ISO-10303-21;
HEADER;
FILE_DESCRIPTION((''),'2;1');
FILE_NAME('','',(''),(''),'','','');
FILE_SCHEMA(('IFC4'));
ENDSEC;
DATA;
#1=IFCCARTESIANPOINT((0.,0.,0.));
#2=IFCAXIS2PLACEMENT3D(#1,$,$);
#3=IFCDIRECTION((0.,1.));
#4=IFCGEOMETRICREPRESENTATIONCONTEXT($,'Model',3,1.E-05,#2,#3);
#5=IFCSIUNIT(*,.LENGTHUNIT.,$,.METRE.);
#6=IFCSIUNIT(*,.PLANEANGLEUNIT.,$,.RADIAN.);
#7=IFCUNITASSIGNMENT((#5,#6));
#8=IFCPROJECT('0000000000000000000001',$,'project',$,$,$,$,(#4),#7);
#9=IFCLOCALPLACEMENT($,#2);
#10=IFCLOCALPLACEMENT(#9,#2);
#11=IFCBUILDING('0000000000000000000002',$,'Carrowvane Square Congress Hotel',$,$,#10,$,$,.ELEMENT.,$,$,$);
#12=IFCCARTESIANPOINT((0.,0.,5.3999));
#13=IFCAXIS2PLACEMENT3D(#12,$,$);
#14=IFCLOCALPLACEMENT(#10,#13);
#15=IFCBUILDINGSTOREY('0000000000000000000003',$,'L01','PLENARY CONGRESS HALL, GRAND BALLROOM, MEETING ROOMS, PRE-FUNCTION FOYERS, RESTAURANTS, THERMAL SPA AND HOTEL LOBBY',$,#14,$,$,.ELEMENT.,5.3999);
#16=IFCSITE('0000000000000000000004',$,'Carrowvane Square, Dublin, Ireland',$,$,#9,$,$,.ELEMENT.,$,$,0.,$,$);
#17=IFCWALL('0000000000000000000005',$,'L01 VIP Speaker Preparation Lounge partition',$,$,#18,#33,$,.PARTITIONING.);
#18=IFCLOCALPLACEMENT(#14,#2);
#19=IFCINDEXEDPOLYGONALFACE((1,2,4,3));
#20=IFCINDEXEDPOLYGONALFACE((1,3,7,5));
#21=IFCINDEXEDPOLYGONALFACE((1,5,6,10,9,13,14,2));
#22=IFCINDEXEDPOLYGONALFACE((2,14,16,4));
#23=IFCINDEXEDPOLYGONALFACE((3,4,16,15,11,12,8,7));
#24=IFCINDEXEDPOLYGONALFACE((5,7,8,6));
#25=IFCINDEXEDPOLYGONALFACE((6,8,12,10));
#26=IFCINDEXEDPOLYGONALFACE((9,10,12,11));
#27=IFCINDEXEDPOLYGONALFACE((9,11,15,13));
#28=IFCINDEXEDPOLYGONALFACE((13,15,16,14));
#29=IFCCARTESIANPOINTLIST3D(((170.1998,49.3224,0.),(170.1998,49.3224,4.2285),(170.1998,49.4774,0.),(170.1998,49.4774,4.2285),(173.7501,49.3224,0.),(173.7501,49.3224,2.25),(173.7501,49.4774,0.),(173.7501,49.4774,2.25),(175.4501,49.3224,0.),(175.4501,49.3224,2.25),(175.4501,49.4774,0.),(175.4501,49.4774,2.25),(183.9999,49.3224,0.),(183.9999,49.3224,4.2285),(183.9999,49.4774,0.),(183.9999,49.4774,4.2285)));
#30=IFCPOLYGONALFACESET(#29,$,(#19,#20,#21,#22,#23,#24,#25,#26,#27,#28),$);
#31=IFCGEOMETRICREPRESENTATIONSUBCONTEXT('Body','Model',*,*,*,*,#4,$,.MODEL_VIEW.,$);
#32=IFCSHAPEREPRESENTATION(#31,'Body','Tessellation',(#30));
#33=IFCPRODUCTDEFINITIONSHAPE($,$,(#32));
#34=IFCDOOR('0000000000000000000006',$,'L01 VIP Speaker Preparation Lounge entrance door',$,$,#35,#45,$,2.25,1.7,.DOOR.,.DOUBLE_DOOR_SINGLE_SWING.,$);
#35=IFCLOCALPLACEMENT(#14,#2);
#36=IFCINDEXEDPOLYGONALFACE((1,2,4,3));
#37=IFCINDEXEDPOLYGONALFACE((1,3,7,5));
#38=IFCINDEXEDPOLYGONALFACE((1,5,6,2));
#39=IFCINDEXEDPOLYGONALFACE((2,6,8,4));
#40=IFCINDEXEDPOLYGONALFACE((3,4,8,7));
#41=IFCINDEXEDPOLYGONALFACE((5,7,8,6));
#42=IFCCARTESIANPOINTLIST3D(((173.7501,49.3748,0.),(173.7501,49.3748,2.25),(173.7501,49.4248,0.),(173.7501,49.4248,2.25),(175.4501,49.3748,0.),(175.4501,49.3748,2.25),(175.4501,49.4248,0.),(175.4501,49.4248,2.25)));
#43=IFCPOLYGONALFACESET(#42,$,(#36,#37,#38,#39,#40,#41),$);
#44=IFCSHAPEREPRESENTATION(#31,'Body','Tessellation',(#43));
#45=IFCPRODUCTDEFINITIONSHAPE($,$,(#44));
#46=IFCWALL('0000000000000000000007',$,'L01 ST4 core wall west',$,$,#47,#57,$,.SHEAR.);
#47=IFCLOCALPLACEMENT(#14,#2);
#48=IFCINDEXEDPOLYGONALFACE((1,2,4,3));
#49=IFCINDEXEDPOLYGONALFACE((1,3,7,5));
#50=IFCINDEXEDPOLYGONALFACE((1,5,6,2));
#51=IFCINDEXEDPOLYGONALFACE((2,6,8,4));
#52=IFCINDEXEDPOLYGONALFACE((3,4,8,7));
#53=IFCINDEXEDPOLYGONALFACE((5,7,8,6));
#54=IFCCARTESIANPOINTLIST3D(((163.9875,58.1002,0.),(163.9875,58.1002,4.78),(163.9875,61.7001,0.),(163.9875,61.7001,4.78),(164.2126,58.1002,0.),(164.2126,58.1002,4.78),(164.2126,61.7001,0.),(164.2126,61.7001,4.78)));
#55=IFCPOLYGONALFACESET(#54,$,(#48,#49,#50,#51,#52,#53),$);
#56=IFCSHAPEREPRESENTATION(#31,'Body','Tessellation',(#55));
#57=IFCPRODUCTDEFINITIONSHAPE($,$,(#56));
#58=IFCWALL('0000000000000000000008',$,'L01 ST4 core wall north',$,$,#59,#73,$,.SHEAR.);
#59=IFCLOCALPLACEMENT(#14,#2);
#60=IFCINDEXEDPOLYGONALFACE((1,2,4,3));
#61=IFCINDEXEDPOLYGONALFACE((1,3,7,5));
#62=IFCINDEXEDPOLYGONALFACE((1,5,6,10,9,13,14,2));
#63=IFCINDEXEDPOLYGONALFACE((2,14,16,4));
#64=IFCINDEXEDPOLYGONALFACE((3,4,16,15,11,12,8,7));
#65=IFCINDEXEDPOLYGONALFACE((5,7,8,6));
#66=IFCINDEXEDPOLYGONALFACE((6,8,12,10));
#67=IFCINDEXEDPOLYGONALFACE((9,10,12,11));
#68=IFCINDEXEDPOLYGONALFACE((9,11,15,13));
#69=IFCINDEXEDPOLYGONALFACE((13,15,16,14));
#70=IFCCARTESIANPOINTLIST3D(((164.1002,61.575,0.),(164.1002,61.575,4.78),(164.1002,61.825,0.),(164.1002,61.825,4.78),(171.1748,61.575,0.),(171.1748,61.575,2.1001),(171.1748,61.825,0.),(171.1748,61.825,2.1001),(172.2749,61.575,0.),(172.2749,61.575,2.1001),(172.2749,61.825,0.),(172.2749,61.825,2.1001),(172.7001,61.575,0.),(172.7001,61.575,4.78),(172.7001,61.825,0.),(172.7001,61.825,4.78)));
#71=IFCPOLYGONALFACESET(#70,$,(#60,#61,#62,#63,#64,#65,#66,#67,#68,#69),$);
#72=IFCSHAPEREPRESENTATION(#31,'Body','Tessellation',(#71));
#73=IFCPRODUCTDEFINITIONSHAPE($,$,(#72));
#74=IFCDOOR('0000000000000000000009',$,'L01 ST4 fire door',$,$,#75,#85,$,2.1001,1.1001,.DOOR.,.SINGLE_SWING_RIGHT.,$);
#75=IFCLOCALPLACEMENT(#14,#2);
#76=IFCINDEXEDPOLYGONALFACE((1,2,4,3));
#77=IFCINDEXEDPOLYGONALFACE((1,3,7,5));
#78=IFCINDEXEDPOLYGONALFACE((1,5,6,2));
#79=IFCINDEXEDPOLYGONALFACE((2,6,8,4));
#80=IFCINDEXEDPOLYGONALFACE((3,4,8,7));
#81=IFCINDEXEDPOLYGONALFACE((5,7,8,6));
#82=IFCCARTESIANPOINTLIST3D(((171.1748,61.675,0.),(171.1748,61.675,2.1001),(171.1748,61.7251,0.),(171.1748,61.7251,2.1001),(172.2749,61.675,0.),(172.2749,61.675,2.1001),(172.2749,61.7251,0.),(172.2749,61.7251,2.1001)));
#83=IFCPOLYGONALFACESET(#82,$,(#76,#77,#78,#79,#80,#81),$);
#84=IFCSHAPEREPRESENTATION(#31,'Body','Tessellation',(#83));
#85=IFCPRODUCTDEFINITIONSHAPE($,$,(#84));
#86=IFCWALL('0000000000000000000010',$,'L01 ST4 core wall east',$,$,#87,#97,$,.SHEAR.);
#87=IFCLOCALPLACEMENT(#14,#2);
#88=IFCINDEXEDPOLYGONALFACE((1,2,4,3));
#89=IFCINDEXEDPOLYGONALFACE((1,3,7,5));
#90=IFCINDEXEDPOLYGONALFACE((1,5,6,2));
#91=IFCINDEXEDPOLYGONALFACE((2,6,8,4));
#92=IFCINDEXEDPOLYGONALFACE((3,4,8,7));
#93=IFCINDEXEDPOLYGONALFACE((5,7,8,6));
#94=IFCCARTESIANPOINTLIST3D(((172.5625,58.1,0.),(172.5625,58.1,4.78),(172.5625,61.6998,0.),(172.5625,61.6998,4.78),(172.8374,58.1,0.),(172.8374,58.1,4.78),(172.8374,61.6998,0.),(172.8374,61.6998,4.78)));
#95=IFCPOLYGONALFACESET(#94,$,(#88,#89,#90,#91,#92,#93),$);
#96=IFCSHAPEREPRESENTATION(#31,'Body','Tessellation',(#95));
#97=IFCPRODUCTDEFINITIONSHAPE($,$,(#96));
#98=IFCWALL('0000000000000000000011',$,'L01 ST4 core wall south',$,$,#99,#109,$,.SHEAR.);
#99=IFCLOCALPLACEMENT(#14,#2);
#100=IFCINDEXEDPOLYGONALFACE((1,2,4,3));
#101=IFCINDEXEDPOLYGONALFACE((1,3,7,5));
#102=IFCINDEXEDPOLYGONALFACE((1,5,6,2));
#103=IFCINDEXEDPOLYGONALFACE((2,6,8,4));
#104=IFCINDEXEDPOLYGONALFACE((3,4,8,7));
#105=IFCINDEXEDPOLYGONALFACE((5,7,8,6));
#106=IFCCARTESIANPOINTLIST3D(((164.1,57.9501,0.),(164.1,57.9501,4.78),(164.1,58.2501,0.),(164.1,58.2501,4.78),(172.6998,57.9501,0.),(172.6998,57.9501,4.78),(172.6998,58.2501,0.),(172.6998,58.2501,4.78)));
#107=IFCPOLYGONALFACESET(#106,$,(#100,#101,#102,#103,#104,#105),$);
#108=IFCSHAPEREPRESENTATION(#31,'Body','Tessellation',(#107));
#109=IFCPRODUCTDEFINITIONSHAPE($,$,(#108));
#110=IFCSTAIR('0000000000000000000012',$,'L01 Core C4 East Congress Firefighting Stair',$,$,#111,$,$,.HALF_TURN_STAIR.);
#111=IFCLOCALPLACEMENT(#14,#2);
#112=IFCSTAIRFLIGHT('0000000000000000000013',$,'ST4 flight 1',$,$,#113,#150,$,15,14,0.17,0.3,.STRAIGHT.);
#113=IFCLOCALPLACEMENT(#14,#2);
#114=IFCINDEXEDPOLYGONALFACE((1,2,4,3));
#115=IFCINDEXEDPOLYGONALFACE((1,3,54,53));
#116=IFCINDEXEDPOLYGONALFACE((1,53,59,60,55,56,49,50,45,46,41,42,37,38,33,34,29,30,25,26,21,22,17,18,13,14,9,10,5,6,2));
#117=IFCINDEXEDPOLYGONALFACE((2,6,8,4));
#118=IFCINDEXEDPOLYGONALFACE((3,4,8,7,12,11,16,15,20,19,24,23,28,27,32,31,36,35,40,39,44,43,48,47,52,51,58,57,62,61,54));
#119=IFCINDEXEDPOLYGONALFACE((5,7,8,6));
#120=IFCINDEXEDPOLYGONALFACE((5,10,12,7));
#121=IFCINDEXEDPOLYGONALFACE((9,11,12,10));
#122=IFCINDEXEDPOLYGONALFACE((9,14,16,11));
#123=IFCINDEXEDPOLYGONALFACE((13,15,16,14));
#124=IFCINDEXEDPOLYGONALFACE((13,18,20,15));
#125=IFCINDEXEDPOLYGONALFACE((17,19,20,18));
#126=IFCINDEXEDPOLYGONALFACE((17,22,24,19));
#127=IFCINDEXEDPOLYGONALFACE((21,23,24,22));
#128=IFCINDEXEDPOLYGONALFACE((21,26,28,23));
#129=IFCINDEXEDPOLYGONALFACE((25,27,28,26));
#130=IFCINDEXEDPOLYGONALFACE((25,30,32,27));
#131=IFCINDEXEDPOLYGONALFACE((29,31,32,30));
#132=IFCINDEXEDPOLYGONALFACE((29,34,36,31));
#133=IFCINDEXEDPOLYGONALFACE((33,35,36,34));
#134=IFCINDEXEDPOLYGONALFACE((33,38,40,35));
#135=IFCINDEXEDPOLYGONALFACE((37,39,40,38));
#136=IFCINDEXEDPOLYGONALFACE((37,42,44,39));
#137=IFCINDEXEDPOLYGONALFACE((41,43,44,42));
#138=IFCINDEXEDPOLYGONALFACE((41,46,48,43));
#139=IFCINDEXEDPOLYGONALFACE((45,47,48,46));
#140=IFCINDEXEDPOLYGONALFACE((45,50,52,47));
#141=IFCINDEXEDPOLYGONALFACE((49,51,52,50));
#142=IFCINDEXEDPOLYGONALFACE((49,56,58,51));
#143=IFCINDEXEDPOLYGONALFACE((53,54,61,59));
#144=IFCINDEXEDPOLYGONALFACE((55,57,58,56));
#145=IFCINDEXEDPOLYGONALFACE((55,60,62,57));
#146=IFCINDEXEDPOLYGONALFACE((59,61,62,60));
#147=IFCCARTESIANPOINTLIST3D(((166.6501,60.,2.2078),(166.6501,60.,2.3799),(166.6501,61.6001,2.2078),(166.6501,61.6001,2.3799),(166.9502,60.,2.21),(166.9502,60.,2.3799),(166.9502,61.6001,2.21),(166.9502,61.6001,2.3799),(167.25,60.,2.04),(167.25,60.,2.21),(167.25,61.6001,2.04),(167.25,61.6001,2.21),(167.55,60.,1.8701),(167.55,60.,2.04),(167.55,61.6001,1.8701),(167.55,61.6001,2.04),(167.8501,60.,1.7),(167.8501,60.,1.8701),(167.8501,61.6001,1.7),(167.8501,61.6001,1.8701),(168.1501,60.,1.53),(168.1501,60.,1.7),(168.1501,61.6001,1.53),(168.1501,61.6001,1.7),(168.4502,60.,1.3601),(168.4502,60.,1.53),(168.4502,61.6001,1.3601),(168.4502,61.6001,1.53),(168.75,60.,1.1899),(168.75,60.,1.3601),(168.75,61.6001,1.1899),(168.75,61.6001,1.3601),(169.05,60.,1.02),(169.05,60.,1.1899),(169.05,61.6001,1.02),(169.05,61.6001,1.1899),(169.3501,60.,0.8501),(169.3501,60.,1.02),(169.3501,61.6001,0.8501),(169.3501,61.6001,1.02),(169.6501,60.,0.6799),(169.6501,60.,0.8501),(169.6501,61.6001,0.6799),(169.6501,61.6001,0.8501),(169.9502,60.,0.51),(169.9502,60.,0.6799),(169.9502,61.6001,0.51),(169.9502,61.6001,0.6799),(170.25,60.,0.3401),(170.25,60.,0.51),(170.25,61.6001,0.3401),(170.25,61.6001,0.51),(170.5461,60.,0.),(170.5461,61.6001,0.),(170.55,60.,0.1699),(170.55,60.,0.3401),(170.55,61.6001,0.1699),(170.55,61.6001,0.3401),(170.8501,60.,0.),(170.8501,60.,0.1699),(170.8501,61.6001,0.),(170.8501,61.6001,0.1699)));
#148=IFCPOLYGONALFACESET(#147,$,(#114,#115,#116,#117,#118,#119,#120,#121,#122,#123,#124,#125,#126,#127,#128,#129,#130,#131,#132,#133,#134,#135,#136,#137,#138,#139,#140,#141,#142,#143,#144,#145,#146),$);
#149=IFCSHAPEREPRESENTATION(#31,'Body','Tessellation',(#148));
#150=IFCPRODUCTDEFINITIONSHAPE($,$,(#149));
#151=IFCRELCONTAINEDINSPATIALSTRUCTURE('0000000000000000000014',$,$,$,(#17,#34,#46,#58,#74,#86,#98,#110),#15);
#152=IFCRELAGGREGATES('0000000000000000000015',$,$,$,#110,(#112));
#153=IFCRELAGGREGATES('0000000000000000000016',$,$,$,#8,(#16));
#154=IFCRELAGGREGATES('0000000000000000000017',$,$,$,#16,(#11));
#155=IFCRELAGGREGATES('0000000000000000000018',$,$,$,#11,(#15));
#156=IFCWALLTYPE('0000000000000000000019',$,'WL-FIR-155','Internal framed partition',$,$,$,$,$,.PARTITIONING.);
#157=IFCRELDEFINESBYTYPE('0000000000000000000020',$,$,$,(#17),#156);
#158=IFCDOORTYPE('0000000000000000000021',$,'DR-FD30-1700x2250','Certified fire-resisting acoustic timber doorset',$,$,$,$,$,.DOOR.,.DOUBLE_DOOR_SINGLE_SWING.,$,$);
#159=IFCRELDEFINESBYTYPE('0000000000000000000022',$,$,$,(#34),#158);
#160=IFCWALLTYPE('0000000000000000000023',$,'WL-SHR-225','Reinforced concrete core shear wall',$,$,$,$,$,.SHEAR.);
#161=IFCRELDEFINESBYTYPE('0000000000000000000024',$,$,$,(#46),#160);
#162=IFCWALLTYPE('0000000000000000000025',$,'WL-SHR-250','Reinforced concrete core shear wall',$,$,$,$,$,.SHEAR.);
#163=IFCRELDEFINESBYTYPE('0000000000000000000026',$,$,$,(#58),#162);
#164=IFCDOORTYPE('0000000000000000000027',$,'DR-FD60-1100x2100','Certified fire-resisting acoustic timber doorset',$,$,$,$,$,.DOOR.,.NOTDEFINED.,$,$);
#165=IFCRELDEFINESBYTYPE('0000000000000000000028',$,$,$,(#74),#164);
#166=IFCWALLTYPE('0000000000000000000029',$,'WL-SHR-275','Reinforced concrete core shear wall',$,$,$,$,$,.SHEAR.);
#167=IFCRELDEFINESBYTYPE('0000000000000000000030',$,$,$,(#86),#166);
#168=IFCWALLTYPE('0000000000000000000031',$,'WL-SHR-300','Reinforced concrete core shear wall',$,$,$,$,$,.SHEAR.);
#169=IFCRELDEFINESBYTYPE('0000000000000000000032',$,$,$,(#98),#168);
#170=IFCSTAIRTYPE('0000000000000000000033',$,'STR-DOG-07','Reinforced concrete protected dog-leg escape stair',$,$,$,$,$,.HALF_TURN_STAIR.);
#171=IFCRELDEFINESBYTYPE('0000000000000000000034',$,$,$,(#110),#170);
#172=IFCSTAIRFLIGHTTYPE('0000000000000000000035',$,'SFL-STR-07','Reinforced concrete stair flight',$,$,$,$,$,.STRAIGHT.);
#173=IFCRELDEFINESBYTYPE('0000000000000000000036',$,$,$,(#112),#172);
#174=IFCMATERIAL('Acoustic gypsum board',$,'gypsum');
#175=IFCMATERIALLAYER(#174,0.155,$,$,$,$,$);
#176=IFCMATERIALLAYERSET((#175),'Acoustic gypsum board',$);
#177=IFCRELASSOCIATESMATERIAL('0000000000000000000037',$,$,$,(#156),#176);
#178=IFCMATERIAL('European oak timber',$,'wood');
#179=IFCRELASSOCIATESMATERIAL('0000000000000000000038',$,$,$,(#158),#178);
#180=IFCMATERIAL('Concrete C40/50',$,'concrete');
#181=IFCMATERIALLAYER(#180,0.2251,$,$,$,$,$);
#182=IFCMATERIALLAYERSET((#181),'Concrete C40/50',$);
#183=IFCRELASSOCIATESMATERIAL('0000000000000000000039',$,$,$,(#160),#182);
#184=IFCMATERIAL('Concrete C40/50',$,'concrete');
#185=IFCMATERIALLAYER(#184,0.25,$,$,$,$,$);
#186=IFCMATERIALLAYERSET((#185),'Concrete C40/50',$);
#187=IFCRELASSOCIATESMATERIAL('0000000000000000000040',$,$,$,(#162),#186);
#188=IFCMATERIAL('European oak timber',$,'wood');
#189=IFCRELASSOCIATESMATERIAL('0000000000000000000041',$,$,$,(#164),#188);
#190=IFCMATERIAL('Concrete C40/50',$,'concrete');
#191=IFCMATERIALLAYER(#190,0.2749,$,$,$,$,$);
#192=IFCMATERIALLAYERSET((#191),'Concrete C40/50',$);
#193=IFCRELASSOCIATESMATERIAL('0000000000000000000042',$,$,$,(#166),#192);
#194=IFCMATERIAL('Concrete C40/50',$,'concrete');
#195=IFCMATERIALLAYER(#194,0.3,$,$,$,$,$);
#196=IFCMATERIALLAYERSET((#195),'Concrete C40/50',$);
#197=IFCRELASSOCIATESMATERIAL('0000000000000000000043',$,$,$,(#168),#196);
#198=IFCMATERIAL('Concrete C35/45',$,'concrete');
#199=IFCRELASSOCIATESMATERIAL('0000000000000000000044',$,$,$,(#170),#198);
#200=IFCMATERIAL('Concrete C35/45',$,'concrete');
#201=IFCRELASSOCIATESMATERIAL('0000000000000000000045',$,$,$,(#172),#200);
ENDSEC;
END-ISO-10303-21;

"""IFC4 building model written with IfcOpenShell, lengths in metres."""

from ifc_helpers import new_model, si_unit, direction, frame, frame_2d, origin, place, context, subcontext, project, spatial, polyline, rectangle, outline, extrude, material, layer, layer_set, type_object, element, fill, aggregate, save


model = new_model("IFC4")

# Units and contexts
model_context = context("Model", 3, precision=1e-05, world=origin(), true_north=direction((0.0, 1.0)))
body_context = subcontext(model_context, "Body", "Model", "MODEL_VIEW")
ifc_project = project(units=[si_unit("LENGTHUNIT", "METRE"), si_unit("PLANEANGLEUNIT", "RADIAN")], contexts=[model_context])

# Site, building, storey
site_placement = place(None, origin())
site = spatial("IfcSite", under=ifc_project, at=site_placement, Name="Carrowvane Square, Dublin, Ireland", CompositionType="ELEMENT", RefElevation=0.0)
building_placement = place(site_placement, origin())
building = spatial("IfcBuilding", under=site, at=building_placement, Name="Carrowvane Square Congress Hotel", CompositionType="ELEMENT")
storey_placement = place(building_placement, frame((0.0, 0.0, 5.3999)))
storey = spatial("IfcBuildingStorey", under=building, at=storey_placement, Name="L01", Description="PLENARY CONGRESS HALL, GRAND BALLROOM, MEETING ROOMS, PRE-FUNCTION FOYERS, RESTAURANTS, THERMAL SPA AND HOTEL LOBBY", CompositionType="ELEMENT", Elevation=5.3999)

# Wall, opening, door
ifc_material_1 = material(Name="Acoustic gypsum board", Category="gypsum")
ifc_layer_1 = layer(ifc_material_1, 0.155)
ifc_layer_set_1 = layer_set([ifc_layer_1], Name="Acoustic gypsum board")
wall_type_1 = type_object("IfcWallType", Name="WL-FIR-155", Description="Internal framed partition", PredefinedType="PARTITIONING", material=ifc_layer_set_1)
wall_1_placement = place(storey_placement, frame((170.2, 49.3999, 0.0), z_axis=(0.0, 0.0, 1.0), x_axis=(1.0, 0.0, 0.0)))
wall_1 = element("IfcWall", 1, at=wall_1_placement, inside=storey, type_object=wall_type_1, Name="L01 VIP Speaker Preparation Lounge partition", PredefinedType="PARTITIONING", context=body_context, shape_type="SweptSolid", body=[
    extrude(rectangle(XDim=13.8, YDim=0.155, at=frame_2d((6.8999, 0.0))), origin(), (0.0, 0.0, 1.0), 4.2285),
])
opening_1_placement = place(wall_1_placement, frame((3.55, 0.0, 0.0)))
opening_1 = element("IfcOpeningElement", 2, at=opening_1_placement, cuts=wall_1, PredefinedType="OPENING", context=body_context, shape_type="SweptSolid", body=[
    extrude(rectangle(XDim=1.7, YDim=2.25, at=frame_2d((0.8501, 1.125))), frame((0.0, 0.0874, 0.0), z_axis=(0.0, -1.0, 0.0), x_axis=(1.0, 0.0, 0.0)), (0.0, 0.0, 1.0), 0.175),
])
ifc_material_2 = material(Name="European oak timber", Category="wood")
door_type_1 = type_object("IfcDoorType", Name="DR-FD30-1700x2250", Description="Certified fire-resisting acoustic timber doorset", OperationType="DOUBLE_DOOR_SINGLE_SWING", PredefinedType="DOOR", material=ifc_material_2)
door_1_placement = place(opening_1_placement, origin())
door_1 = element("IfcDoor", 3, at=door_1_placement, inside=storey, type_object=door_type_1, Name="L01 VIP Speaker Preparation Lounge entrance door", OperationType="DOUBLE_DOOR_SINGLE_SWING", OverallHeight=2.25, OverallWidth=1.7, PredefinedType="DOOR", context=body_context, shape_type="SweptSolid", body=[
    extrude(rectangle(XDim=1.7, YDim=2.25, at=frame_2d((0.8501, 1.125))), frame((0.0, 0.0249, 0.0), z_axis=(0.0, -1.0, 0.0), x_axis=(1.0, 0.0, 0.0)), (0.0, 0.0, 1.0), 0.05),
])
fill(opening_1, door_1)

# Wall
ifc_material_3 = material(Name="Concrete C40/50", Category="concrete")
ifc_layer_2 = layer(ifc_material_3, 0.2251)
ifc_layer_set_2 = layer_set([ifc_layer_2], Name="Concrete C40/50")
wall_type_2 = type_object("IfcWallType", Name="WL-SHR-225", Description="Reinforced concrete core shear wall", PredefinedType="SHEAR", material=ifc_layer_set_2)
wall_2_placement = place(storey_placement, frame((164.1001, 61.7, 0.0), z_axis=(0.0, 0.0, 1.0), x_axis=(0.0, -1.0, 0.0)))
element("IfcWall", 4, at=wall_2_placement, inside=storey, type_object=wall_type_2, Name="L01 ST4 core wall west", PredefinedType="SHEAR", context=body_context, shape_type="SweptSolid", body=[
    extrude(rectangle(XDim=3.5999, YDim=0.2251, at=frame_2d((1.7998, 0.0))), origin(), (0.0, 0.0, 1.0), 4.78),
])

# Wall, opening, door
ifc_material_4 = material(Name="Concrete C40/50", Category="concrete")
ifc_layer_3 = layer(ifc_material_4, 0.25)
ifc_layer_set_3 = layer_set([ifc_layer_3], Name="Concrete C40/50")
wall_type_3 = type_object("IfcWallType", Name="WL-SHR-250", Description="Reinforced concrete core shear wall", PredefinedType="SHEAR", material=ifc_layer_set_3)
wall_3_placement = place(storey_placement, frame((172.7, 61.7, 0.0), z_axis=(0.0, 0.0, 1.0), x_axis=(-1.0, 0.0, 0.0)))
wall_3 = element("IfcWall", 5, at=wall_3_placement, inside=storey, type_object=wall_type_3, Name="L01 ST4 core wall north", PredefinedType="SHEAR", context=body_context, shape_type="SweptSolid", body=[
    extrude(rectangle(XDim=8.5999, YDim=0.25, at=frame_2d((4.2998, 0.0))), origin(), (0.0, 0.0, 1.0), 4.78),
])
opening_2_placement = place(wall_3_placement, frame((0.425, 0.0, 0.0)))
opening_2 = element("IfcOpeningElement", 6, at=opening_2_placement, cuts=wall_3, PredefinedType="OPENING", context=body_context, shape_type="SweptSolid", body=[
    extrude(rectangle(XDim=1.1001, YDim=2.1001, at=frame_2d((0.55, 1.05))), frame((0.0, 0.135, 0.0), z_axis=(0.0, -1.0, 0.0), x_axis=(1.0, 0.0, 0.0)), (0.0, 0.0, 1.0), 0.27),
])
ifc_material_5 = material(Name="European oak timber", Category="wood")
door_type_2 = type_object("IfcDoorType", Name="DR-FD60-1100x2100", Description="Certified fire-resisting acoustic timber doorset", OperationType="NOTDEFINED", PredefinedType="DOOR", material=ifc_material_5)
door_2_placement = place(opening_2_placement, origin())
door_2 = element("IfcDoor", 7, at=door_2_placement, inside=storey, type_object=door_type_2, Name="L01 ST4 fire door", OperationType="SINGLE_SWING_RIGHT", OverallHeight=2.1001, OverallWidth=1.1001, PredefinedType="DOOR", context=body_context, shape_type="SweptSolid", body=[
    extrude(rectangle(XDim=1.1001, YDim=2.1001, at=frame_2d((0.55, 1.05))), frame((0.0, 0.0249, 0.0), z_axis=(0.0, -1.0, 0.0), x_axis=(1.0, 0.0, 0.0)), (0.0, 0.0, 1.0), 0.05),
])
fill(opening_2, door_2)

# Walls
ifc_material_6 = material(Name="Concrete C40/50", Category="concrete")
ifc_layer_4 = layer(ifc_material_6, 0.2749)
ifc_layer_set_4 = layer_set([ifc_layer_4], Name="Concrete C40/50")
wall_type_4 = type_object("IfcWallType", Name="WL-SHR-275", Description="Reinforced concrete core shear wall", PredefinedType="SHEAR", material=ifc_layer_set_4)
wall_4_placement = place(storey_placement, frame((172.7, 58.1001, 0.0), z_axis=(0.0, 0.0, 1.0), x_axis=(0.0, 1.0, 0.0)))
element("IfcWall", 8, at=wall_4_placement, inside=storey, type_object=wall_type_4, Name="L01 ST4 core wall east", PredefinedType="SHEAR", context=body_context, shape_type="SweptSolid", body=[
    extrude(rectangle(XDim=3.5999, YDim=0.2749, at=frame_2d((1.7998, 0.0))), origin(), (0.0, 0.0, 1.0), 4.78),
])
ifc_material_7 = material(Name="Concrete C40/50", Category="concrete")
ifc_layer_5 = layer(ifc_material_7, 0.3)
ifc_layer_set_5 = layer_set([ifc_layer_5], Name="Concrete C40/50")
wall_type_5 = type_object("IfcWallType", Name="WL-SHR-300", Description="Reinforced concrete core shear wall", PredefinedType="SHEAR", material=ifc_layer_set_5)
wall_5_placement = place(storey_placement, frame((164.1001, 58.1001, 0.0), z_axis=(0.0, 0.0, 1.0), x_axis=(1.0, 0.0, 0.0)))
element("IfcWall", 9, at=wall_5_placement, inside=storey, type_object=wall_type_5, Name="L01 ST4 core wall south", PredefinedType="SHEAR", context=body_context, shape_type="SweptSolid", body=[
    extrude(rectangle(XDim=8.5999, YDim=0.3, at=frame_2d((4.2998, 0.0))), origin(), (0.0, 0.0, 1.0), 4.78),
])

# Stair, stair flight
ifc_material_8 = material(Name="Concrete C35/45", Category="concrete")
stair_type = type_object("IfcStairType", Name="STR-DOG-07", Description="Reinforced concrete protected dog-leg escape stair", PredefinedType="HALF_TURN_STAIR", material=ifc_material_8)
stair_placement = place(storey_placement, origin())
stair = element("IfcStair", 10, at=stair_placement, inside=storey, type_object=stair_type, Name="L01 Core C4 East Congress Firefighting Stair", PredefinedType="HALF_TURN_STAIR")
ifc_material_9 = material(Name="Concrete C35/45", Category="concrete")
stair_flight_type = type_object("IfcStairFlightType", Name="SFL-STR-07", Description="Reinforced concrete stair flight", PredefinedType="STRAIGHT", material=ifc_material_9)
stair_flight_1_placement = place(storey_placement, frame((170.8501, 60.8, 0.0), z_axis=(0.0, 0.0, 1.0), x_axis=(-1.0, 0.0, 0.0)))
stair_flight_1 = element("IfcStairFlight", 11, at=stair_flight_1_placement, type_object=stair_flight_type, Name="ST4 flight 1", NumberOfRisers=15, NumberOfTreads=14, PredefinedType="STRAIGHT", RiserHeight=0.17, TreadLength=0.3, context=body_context, shape_type="SweptSolid", body=[
    extrude(outline(polyline([(0.0, 0.0), (0.0, 0.1699), (0.3, 0.1699), (0.3, 0.3401), (0.6001, 0.3401), (0.6001, 0.51), (0.8999, 0.51), (0.8999, 0.6799), (1.2, 0.6799), (1.2, 0.8501), (1.5, 0.8501), (1.5, 1.02), (1.8, 1.02), (1.8, 1.1899), (2.1001, 1.1899), (2.1001, 1.3601), (2.3999, 1.3601), (2.3999, 1.53), (2.7, 1.53), (2.7, 1.7), (3.0, 1.7), (3.0, 1.8701), (3.3, 1.8701), (3.3, 2.04), (3.6001, 2.04), (3.6001, 2.21), (3.8999, 2.21), (3.8999, 2.3799), (4.2, 2.3799), (4.2, 2.55), (4.2, 2.2078), (0.304, 0.0), (0.0, 0.0)])), frame((0.0, 0.8, 0.0), z_axis=(0.0, -1.0, 0.0), x_axis=(1.0, 0.0, 0.0)), (0.0, 0.0, 1.0), 1.6001),
])
aggregate(stair, [stair_flight_1])

save(model, "model.ifc")
